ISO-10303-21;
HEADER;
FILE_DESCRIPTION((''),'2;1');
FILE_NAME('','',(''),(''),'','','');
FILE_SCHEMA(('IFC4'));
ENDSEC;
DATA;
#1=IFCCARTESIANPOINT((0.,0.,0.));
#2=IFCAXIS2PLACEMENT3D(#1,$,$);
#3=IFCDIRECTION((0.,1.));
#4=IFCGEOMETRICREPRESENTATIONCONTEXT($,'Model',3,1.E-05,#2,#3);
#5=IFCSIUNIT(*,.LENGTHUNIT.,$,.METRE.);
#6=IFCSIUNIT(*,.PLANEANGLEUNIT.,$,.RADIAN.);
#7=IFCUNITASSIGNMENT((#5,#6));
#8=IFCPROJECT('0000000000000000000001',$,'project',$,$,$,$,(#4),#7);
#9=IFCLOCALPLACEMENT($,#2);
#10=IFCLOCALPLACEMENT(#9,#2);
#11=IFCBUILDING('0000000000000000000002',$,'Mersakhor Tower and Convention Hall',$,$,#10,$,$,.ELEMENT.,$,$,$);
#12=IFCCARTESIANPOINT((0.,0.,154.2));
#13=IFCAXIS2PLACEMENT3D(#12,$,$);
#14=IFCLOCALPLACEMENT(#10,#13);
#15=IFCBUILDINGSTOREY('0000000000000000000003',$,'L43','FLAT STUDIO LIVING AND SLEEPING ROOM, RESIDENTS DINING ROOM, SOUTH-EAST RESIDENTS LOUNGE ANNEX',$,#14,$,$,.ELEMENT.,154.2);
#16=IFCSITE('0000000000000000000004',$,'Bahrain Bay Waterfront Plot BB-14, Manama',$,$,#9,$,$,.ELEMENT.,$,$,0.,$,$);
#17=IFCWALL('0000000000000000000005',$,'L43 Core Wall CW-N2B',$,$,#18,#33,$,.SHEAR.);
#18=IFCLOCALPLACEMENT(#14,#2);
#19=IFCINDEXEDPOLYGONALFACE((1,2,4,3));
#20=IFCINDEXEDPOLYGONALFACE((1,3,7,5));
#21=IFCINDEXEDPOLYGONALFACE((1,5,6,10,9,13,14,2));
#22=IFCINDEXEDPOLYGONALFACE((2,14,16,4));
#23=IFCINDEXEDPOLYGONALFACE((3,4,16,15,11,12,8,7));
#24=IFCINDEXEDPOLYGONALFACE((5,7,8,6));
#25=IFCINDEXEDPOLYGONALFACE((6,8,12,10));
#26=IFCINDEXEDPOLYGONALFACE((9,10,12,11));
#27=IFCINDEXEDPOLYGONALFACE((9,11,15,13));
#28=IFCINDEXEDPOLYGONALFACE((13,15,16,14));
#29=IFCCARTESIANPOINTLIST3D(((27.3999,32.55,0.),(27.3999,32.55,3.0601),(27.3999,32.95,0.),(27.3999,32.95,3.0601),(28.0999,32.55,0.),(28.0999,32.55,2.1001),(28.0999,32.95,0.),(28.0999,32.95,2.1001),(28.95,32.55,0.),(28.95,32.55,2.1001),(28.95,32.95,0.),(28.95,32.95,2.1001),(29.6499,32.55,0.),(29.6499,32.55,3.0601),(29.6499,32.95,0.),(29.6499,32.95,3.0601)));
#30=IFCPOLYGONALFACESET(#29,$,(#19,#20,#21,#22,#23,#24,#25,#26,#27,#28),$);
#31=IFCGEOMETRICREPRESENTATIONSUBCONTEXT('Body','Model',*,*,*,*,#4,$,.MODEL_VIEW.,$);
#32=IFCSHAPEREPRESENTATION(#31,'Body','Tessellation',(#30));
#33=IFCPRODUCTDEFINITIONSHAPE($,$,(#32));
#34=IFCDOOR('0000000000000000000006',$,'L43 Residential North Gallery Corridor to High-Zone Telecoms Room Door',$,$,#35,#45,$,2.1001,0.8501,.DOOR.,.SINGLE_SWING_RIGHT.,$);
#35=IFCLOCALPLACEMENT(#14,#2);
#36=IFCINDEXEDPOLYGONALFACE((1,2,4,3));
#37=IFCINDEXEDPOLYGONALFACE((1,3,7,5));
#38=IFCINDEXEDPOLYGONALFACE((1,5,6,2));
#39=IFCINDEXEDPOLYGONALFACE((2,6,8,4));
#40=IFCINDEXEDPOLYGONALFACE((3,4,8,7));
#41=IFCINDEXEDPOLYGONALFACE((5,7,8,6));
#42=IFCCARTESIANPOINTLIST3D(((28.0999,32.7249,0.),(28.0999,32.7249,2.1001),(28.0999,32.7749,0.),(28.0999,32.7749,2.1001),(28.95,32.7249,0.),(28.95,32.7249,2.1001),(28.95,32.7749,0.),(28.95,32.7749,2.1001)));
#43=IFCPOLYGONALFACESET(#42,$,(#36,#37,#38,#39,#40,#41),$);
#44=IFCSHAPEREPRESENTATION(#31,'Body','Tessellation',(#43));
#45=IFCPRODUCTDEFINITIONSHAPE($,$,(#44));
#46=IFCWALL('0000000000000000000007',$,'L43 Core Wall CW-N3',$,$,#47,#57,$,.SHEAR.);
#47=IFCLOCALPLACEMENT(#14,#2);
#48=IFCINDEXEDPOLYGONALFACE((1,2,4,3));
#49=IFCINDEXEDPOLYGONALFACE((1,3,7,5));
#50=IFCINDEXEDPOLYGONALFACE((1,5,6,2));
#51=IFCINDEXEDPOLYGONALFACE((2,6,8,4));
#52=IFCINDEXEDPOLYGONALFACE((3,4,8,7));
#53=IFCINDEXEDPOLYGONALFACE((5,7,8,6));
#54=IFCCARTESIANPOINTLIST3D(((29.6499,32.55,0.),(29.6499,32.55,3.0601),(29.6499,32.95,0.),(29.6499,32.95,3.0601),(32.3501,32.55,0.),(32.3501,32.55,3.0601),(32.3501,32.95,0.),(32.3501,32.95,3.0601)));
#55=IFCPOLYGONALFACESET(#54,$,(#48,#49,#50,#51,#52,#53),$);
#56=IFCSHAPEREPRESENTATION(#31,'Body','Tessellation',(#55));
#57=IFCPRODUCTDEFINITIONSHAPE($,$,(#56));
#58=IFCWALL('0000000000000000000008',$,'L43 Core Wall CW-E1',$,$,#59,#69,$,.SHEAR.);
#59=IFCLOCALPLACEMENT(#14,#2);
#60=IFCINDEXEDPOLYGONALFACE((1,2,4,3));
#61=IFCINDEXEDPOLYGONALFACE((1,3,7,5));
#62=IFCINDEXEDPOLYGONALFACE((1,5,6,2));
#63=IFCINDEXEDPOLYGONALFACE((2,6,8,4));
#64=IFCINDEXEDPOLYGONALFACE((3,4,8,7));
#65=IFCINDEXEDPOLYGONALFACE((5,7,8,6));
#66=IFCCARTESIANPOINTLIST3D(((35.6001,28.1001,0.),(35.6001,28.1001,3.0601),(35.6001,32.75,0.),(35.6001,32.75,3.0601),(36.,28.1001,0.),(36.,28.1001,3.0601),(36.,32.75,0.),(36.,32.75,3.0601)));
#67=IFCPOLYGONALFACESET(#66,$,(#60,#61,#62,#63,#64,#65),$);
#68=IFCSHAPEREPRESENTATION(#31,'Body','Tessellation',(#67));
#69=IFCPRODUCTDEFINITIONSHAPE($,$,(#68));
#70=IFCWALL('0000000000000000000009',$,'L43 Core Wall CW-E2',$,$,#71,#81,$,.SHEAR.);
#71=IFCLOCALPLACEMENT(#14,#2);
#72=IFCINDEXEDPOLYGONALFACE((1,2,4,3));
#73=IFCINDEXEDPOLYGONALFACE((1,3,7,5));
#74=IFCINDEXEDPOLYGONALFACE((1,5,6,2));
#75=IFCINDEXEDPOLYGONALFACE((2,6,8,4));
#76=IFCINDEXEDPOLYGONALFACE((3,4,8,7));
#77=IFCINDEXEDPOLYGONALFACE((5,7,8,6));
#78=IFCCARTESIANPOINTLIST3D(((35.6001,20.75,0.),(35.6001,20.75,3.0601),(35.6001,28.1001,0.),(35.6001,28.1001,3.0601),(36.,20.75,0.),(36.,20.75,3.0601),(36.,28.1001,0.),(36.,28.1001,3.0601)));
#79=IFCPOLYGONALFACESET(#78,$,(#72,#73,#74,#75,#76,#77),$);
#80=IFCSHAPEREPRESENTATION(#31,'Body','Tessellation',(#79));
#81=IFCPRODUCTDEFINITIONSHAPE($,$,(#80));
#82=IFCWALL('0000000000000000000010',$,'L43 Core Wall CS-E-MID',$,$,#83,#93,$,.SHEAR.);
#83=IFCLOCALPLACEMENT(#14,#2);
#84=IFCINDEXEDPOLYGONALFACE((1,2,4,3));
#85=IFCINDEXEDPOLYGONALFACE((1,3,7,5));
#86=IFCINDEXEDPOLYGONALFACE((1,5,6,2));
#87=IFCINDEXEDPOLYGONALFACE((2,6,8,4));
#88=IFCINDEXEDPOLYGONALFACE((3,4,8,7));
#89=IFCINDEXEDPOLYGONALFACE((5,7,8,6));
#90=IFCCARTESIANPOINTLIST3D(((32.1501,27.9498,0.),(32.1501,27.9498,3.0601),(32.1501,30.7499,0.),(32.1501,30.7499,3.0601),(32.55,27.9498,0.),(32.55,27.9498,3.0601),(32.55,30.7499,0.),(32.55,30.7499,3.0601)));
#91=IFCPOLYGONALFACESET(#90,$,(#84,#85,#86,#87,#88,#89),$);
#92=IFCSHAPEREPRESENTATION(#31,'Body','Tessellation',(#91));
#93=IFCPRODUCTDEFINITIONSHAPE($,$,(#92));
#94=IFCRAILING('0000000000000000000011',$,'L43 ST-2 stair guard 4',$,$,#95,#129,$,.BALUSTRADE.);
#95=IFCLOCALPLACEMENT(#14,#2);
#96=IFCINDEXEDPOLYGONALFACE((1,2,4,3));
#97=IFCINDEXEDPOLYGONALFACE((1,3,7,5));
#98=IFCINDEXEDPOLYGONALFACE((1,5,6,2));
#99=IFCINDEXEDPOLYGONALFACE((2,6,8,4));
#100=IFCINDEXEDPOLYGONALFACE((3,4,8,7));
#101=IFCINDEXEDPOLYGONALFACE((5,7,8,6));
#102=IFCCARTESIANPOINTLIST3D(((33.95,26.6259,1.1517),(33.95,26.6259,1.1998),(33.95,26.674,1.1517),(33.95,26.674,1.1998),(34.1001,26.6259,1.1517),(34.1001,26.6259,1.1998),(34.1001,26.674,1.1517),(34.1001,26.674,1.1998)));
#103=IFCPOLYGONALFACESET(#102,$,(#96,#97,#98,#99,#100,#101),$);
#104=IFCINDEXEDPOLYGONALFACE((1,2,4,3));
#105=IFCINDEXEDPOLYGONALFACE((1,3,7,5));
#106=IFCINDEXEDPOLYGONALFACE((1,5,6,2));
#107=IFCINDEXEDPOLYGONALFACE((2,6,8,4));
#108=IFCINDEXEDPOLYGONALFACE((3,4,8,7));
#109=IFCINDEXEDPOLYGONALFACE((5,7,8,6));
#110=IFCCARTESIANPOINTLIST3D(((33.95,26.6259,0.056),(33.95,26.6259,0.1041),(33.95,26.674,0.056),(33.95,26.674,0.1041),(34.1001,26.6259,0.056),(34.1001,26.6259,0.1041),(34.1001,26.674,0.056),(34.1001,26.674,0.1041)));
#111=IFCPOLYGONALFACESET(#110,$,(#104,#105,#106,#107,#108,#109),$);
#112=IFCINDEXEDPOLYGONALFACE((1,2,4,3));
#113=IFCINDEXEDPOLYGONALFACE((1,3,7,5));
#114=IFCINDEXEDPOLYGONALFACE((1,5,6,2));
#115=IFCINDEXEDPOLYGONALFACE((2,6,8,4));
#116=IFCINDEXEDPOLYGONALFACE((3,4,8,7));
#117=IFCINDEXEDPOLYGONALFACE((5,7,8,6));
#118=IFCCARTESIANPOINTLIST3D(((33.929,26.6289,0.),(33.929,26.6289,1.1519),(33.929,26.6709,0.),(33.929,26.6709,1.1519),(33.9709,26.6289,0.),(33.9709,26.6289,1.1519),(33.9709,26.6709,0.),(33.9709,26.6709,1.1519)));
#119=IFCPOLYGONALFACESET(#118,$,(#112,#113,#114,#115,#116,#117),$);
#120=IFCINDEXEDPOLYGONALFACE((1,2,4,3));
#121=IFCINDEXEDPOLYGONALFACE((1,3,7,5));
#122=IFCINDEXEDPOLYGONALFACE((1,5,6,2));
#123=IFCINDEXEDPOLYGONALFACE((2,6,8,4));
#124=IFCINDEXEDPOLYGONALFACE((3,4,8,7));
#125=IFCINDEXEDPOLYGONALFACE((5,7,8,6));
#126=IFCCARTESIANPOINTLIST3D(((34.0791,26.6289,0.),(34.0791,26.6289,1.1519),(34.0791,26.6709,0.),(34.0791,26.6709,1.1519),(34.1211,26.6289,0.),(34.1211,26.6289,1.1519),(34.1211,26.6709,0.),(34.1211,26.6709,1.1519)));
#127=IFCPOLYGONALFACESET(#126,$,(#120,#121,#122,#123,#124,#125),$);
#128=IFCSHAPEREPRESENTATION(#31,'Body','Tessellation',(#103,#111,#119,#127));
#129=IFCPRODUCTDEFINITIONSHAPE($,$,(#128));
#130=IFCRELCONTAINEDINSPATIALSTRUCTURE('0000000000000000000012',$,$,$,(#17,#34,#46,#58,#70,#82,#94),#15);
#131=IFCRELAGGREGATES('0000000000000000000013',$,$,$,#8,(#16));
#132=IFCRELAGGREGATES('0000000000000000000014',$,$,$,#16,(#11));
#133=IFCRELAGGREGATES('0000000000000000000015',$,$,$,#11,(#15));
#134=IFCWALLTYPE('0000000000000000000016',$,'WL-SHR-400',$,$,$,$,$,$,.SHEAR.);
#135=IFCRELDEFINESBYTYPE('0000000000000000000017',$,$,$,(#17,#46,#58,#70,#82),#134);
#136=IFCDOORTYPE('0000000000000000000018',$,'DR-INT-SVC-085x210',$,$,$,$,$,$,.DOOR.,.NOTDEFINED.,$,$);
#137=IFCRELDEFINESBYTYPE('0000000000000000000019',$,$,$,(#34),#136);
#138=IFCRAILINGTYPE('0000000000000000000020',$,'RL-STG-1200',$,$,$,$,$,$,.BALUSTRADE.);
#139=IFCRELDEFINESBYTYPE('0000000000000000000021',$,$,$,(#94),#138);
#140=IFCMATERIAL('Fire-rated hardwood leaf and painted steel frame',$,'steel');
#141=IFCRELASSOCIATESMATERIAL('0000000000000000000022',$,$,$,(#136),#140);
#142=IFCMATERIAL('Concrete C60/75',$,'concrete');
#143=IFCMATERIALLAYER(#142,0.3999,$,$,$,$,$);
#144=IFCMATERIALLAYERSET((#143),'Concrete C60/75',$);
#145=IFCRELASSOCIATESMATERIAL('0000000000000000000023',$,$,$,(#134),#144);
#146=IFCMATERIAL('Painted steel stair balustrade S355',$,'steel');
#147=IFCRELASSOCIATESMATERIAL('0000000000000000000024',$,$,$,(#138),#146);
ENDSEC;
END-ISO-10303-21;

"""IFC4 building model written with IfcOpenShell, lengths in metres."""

from ifc_helpers import new_model, si_unit, direction, frame, frame_2d, origin, origin_2d, place, context, subcontext, project, spatial, rectangle, extrude, material, layer, layer_set, type_object, element, fill, save


model = new_model("IFC4")

# Units and contexts
model_context = context("Model", 3, precision=1e-05, world=origin(), true_north=direction((0.0, 1.0)))
body_context = subcontext(model_context, "Body", "Model", "MODEL_VIEW")
ifc_project = project(units=[si_unit("LENGTHUNIT", "METRE"), si_unit("PLANEANGLEUNIT", "RADIAN")], contexts=[model_context])

# Site, building, storey
site_placement = place(None, origin())
site = spatial("IfcSite", under=ifc_project, at=site_placement, Name="Bahrain Bay Waterfront Plot BB-14, Manama", CompositionType="ELEMENT", RefElevation=0.0)
building_placement = place(site_placement, origin())
building = spatial("IfcBuilding", under=site, at=building_placement, Name="Mersakhor Tower and Convention Hall", CompositionType="ELEMENT")
storey_placement = place(building_placement, frame((0.0, 0.0, 154.2)))
storey = spatial("IfcBuildingStorey", under=building, at=storey_placement, Name="L43", Description="FLAT STUDIO LIVING AND SLEEPING ROOM, RESIDENTS DINING ROOM, SOUTH-EAST RESIDENTS LOUNGE ANNEX", CompositionType="ELEMENT", Elevation=154.2)

# Shared definitions
ifc_material_1 = material(Name="Fire-rated hardwood leaf and painted steel frame", Category="steel")
door_type_1 = type_object("IfcDoorType", Name="DR-INT-SVC-085x210", OperationType="NOTDEFINED", PredefinedType="DOOR", material=ifc_material_1)

# Wall, opening, door
ifc_material_2 = material(Name="Concrete C60/75", Category="concrete")
ifc_layer_1 = layer(ifc_material_2, 0.3999)
ifc_layer_set_1 = layer_set([ifc_layer_1], Name="Concrete C60/75")
wall_type_1 = type_object("IfcWallType", Name="WL-SHR-400", PredefinedType="SHEAR", material=ifc_layer_set_1)
wall_1_placement = place(storey_placement, frame((27.3999, 32.75, 0.0), z_axis=(0.0, 0.0, 1.0), x_axis=(1.0, 0.0, 0.0)))
wall_1 = element("IfcWall", 1, at=wall_1_placement, inside=storey, type_object=wall_type_1, Name="L43 Core Wall CW-N2B", PredefinedType="SHEAR", context=body_context, shape_type="SweptSolid", body=[
    extrude(rectangle(XDim=2.25, YDim=0.3999, at=frame_2d((1.125, 0.0))), origin(), (0.0, 0.0, 1.0), 3.0601),
])
opening_1_placement = place(wall_1_placement, frame((0.7, 0.0, 0.0)))
opening_1 = element("IfcOpeningElement", 2, at=opening_1_placement, cuts=wall_1, PredefinedType="OPENING", context=body_context, shape_type="SweptSolid", body=[
    extrude(rectangle(XDim=0.8501, YDim=2.1001, at=frame_2d((0.425, 1.05))), frame((0.0, 0.21, 0.0), z_axis=(0.0, -1.0, 0.0), x_axis=(1.0, 0.0, 0.0)), (0.0, 0.0, 1.0), 0.4199),
])
door_1_placement = place(opening_1_placement, origin())
door_1 = element("IfcDoor", 3, at=door_1_placement, inside=storey, type_object=door_type_1, Name="L43 Residential North Gallery Corridor to High-Zone Telecoms Room Door", OperationType="SINGLE_SWING_RIGHT", OverallHeight=2.1001, OverallWidth=0.8501, PredefinedType="DOOR", context=body_context, shape_type="SweptSolid", body=[
    extrude(rectangle(XDim=0.8501, YDim=2.1001, at=frame_2d((0.425, 1.05))), frame((0.0, 0.0249, 0.0), z_axis=(0.0, -1.0, 0.0), x_axis=(1.0, 0.0, 0.0)), (0.0, 0.0, 1.0), 0.05),
])
fill(opening_1, door_1)

# Wall
wall_2_placement = place(storey_placement, frame((29.6499, 32.75, 0.0), z_axis=(0.0, 0.0, 1.0), x_axis=(1.0, 0.0, 0.0)))
element("IfcWall", 4, at=wall_2_placement, inside=storey, type_object=wall_type_1, Name="L43 Core Wall CW-N3", PredefinedType="SHEAR", context=body_context, shape_type="SweptSolid", body=[
    extrude(rectangle(XDim=2.7002, YDim=0.3999, at=frame_2d((1.3501, 0.0))), origin(), (0.0, 0.0, 1.0), 3.0601),
])

# Walls
wall_3_placement = place(storey_placement, frame((35.8, 32.75, 0.0), z_axis=(0.0, 0.0, 1.0), x_axis=(0.0, -1.0, 0.0)))
element("IfcWall", 5, at=wall_3_placement, inside=storey, type_object=wall_type_1, Name="L43 Core Wall CW-E1", PredefinedType="SHEAR", context=body_context, shape_type="SweptSolid", body=[
    extrude(rectangle(XDim=4.6499, YDim=0.3999, at=frame_2d((2.325, 0.0))), origin(), (0.0, 0.0, 1.0), 3.0601),
])
wall_4_placement = place(storey_placement, frame((35.8, 28.1001, 0.0), z_axis=(0.0, 0.0, 1.0), x_axis=(0.0, -1.0, 0.0)))
element("IfcWall", 6, at=wall_4_placement, inside=storey, type_object=wall_type_1, Name="L43 Core Wall CW-E2", PredefinedType="SHEAR", context=body_context, shape_type="SweptSolid", body=[
    extrude(rectangle(XDim=7.3501, YDim=0.3999, at=frame_2d((3.675, 0.0))), origin(), (0.0, 0.0, 1.0), 3.0601),
])
wall_5_placement = place(storey_placement, frame((32.3501, 27.95, 0.0), z_axis=(0.0, 0.0, 1.0), x_axis=(0.0, 1.0, 0.0)))
element("IfcWall", 7, at=wall_5_placement, inside=storey, type_object=wall_type_1, Name="L43 Core Wall CS-E-MID", PredefinedType="SHEAR", context=body_context, shape_type="SweptSolid", body=[
    extrude(rectangle(XDim=2.8, YDim=0.3999, at=frame_2d((1.3999, 0.0))), origin(), (0.0, 0.0, 1.0), 3.0601),
])

# Railing
ifc_material_3 = material(Name="Painted steel stair balustrade S355", Category="steel")
railing_type = type_object("IfcRailingType", Name="RL-STG-1200", PredefinedType="BALUSTRADE", material=ifc_material_3)
railing_placement = place(storey_placement, frame((33.95, 26.6499, 0.0)))
element("IfcRailing", 8, at=railing_placement, inside=storey, type_object=railing_type, Name="L43 ST-2 stair guard 4", PredefinedType="BALUSTRADE", context=body_context, shape_type="SweptSolid", body=[
    extrude(rectangle(XDim=0.0481, YDim=0.0481, at=origin_2d()), frame((0.0, 0.0, 1.1758), z_axis=(1.0, 0.0, 0.0), x_axis=(0.0, 1.0, 0.0)), (0.0, 0.0, 1.0), 0.1501),
    extrude(rectangle(XDim=0.0481, YDim=0.0481, at=origin_2d()), frame((0.0, 0.0, 0.0801), z_axis=(1.0, 0.0, 0.0), x_axis=(0.0, 1.0, 0.0)), (0.0, 0.0, 1.0), 0.1501),
    extrude(rectangle(XDim=0.042, YDim=0.042, at=origin_2d()), origin(), (0.0, 0.0, 1.0), 1.1519),
    extrude(rectangle(XDim=0.042, YDim=0.042, at=origin_2d()), frame((0.1501, 0.0, 0.0)), (0.0, 0.0, 1.0), 1.1519),
])

save(model, "model.ifc")
